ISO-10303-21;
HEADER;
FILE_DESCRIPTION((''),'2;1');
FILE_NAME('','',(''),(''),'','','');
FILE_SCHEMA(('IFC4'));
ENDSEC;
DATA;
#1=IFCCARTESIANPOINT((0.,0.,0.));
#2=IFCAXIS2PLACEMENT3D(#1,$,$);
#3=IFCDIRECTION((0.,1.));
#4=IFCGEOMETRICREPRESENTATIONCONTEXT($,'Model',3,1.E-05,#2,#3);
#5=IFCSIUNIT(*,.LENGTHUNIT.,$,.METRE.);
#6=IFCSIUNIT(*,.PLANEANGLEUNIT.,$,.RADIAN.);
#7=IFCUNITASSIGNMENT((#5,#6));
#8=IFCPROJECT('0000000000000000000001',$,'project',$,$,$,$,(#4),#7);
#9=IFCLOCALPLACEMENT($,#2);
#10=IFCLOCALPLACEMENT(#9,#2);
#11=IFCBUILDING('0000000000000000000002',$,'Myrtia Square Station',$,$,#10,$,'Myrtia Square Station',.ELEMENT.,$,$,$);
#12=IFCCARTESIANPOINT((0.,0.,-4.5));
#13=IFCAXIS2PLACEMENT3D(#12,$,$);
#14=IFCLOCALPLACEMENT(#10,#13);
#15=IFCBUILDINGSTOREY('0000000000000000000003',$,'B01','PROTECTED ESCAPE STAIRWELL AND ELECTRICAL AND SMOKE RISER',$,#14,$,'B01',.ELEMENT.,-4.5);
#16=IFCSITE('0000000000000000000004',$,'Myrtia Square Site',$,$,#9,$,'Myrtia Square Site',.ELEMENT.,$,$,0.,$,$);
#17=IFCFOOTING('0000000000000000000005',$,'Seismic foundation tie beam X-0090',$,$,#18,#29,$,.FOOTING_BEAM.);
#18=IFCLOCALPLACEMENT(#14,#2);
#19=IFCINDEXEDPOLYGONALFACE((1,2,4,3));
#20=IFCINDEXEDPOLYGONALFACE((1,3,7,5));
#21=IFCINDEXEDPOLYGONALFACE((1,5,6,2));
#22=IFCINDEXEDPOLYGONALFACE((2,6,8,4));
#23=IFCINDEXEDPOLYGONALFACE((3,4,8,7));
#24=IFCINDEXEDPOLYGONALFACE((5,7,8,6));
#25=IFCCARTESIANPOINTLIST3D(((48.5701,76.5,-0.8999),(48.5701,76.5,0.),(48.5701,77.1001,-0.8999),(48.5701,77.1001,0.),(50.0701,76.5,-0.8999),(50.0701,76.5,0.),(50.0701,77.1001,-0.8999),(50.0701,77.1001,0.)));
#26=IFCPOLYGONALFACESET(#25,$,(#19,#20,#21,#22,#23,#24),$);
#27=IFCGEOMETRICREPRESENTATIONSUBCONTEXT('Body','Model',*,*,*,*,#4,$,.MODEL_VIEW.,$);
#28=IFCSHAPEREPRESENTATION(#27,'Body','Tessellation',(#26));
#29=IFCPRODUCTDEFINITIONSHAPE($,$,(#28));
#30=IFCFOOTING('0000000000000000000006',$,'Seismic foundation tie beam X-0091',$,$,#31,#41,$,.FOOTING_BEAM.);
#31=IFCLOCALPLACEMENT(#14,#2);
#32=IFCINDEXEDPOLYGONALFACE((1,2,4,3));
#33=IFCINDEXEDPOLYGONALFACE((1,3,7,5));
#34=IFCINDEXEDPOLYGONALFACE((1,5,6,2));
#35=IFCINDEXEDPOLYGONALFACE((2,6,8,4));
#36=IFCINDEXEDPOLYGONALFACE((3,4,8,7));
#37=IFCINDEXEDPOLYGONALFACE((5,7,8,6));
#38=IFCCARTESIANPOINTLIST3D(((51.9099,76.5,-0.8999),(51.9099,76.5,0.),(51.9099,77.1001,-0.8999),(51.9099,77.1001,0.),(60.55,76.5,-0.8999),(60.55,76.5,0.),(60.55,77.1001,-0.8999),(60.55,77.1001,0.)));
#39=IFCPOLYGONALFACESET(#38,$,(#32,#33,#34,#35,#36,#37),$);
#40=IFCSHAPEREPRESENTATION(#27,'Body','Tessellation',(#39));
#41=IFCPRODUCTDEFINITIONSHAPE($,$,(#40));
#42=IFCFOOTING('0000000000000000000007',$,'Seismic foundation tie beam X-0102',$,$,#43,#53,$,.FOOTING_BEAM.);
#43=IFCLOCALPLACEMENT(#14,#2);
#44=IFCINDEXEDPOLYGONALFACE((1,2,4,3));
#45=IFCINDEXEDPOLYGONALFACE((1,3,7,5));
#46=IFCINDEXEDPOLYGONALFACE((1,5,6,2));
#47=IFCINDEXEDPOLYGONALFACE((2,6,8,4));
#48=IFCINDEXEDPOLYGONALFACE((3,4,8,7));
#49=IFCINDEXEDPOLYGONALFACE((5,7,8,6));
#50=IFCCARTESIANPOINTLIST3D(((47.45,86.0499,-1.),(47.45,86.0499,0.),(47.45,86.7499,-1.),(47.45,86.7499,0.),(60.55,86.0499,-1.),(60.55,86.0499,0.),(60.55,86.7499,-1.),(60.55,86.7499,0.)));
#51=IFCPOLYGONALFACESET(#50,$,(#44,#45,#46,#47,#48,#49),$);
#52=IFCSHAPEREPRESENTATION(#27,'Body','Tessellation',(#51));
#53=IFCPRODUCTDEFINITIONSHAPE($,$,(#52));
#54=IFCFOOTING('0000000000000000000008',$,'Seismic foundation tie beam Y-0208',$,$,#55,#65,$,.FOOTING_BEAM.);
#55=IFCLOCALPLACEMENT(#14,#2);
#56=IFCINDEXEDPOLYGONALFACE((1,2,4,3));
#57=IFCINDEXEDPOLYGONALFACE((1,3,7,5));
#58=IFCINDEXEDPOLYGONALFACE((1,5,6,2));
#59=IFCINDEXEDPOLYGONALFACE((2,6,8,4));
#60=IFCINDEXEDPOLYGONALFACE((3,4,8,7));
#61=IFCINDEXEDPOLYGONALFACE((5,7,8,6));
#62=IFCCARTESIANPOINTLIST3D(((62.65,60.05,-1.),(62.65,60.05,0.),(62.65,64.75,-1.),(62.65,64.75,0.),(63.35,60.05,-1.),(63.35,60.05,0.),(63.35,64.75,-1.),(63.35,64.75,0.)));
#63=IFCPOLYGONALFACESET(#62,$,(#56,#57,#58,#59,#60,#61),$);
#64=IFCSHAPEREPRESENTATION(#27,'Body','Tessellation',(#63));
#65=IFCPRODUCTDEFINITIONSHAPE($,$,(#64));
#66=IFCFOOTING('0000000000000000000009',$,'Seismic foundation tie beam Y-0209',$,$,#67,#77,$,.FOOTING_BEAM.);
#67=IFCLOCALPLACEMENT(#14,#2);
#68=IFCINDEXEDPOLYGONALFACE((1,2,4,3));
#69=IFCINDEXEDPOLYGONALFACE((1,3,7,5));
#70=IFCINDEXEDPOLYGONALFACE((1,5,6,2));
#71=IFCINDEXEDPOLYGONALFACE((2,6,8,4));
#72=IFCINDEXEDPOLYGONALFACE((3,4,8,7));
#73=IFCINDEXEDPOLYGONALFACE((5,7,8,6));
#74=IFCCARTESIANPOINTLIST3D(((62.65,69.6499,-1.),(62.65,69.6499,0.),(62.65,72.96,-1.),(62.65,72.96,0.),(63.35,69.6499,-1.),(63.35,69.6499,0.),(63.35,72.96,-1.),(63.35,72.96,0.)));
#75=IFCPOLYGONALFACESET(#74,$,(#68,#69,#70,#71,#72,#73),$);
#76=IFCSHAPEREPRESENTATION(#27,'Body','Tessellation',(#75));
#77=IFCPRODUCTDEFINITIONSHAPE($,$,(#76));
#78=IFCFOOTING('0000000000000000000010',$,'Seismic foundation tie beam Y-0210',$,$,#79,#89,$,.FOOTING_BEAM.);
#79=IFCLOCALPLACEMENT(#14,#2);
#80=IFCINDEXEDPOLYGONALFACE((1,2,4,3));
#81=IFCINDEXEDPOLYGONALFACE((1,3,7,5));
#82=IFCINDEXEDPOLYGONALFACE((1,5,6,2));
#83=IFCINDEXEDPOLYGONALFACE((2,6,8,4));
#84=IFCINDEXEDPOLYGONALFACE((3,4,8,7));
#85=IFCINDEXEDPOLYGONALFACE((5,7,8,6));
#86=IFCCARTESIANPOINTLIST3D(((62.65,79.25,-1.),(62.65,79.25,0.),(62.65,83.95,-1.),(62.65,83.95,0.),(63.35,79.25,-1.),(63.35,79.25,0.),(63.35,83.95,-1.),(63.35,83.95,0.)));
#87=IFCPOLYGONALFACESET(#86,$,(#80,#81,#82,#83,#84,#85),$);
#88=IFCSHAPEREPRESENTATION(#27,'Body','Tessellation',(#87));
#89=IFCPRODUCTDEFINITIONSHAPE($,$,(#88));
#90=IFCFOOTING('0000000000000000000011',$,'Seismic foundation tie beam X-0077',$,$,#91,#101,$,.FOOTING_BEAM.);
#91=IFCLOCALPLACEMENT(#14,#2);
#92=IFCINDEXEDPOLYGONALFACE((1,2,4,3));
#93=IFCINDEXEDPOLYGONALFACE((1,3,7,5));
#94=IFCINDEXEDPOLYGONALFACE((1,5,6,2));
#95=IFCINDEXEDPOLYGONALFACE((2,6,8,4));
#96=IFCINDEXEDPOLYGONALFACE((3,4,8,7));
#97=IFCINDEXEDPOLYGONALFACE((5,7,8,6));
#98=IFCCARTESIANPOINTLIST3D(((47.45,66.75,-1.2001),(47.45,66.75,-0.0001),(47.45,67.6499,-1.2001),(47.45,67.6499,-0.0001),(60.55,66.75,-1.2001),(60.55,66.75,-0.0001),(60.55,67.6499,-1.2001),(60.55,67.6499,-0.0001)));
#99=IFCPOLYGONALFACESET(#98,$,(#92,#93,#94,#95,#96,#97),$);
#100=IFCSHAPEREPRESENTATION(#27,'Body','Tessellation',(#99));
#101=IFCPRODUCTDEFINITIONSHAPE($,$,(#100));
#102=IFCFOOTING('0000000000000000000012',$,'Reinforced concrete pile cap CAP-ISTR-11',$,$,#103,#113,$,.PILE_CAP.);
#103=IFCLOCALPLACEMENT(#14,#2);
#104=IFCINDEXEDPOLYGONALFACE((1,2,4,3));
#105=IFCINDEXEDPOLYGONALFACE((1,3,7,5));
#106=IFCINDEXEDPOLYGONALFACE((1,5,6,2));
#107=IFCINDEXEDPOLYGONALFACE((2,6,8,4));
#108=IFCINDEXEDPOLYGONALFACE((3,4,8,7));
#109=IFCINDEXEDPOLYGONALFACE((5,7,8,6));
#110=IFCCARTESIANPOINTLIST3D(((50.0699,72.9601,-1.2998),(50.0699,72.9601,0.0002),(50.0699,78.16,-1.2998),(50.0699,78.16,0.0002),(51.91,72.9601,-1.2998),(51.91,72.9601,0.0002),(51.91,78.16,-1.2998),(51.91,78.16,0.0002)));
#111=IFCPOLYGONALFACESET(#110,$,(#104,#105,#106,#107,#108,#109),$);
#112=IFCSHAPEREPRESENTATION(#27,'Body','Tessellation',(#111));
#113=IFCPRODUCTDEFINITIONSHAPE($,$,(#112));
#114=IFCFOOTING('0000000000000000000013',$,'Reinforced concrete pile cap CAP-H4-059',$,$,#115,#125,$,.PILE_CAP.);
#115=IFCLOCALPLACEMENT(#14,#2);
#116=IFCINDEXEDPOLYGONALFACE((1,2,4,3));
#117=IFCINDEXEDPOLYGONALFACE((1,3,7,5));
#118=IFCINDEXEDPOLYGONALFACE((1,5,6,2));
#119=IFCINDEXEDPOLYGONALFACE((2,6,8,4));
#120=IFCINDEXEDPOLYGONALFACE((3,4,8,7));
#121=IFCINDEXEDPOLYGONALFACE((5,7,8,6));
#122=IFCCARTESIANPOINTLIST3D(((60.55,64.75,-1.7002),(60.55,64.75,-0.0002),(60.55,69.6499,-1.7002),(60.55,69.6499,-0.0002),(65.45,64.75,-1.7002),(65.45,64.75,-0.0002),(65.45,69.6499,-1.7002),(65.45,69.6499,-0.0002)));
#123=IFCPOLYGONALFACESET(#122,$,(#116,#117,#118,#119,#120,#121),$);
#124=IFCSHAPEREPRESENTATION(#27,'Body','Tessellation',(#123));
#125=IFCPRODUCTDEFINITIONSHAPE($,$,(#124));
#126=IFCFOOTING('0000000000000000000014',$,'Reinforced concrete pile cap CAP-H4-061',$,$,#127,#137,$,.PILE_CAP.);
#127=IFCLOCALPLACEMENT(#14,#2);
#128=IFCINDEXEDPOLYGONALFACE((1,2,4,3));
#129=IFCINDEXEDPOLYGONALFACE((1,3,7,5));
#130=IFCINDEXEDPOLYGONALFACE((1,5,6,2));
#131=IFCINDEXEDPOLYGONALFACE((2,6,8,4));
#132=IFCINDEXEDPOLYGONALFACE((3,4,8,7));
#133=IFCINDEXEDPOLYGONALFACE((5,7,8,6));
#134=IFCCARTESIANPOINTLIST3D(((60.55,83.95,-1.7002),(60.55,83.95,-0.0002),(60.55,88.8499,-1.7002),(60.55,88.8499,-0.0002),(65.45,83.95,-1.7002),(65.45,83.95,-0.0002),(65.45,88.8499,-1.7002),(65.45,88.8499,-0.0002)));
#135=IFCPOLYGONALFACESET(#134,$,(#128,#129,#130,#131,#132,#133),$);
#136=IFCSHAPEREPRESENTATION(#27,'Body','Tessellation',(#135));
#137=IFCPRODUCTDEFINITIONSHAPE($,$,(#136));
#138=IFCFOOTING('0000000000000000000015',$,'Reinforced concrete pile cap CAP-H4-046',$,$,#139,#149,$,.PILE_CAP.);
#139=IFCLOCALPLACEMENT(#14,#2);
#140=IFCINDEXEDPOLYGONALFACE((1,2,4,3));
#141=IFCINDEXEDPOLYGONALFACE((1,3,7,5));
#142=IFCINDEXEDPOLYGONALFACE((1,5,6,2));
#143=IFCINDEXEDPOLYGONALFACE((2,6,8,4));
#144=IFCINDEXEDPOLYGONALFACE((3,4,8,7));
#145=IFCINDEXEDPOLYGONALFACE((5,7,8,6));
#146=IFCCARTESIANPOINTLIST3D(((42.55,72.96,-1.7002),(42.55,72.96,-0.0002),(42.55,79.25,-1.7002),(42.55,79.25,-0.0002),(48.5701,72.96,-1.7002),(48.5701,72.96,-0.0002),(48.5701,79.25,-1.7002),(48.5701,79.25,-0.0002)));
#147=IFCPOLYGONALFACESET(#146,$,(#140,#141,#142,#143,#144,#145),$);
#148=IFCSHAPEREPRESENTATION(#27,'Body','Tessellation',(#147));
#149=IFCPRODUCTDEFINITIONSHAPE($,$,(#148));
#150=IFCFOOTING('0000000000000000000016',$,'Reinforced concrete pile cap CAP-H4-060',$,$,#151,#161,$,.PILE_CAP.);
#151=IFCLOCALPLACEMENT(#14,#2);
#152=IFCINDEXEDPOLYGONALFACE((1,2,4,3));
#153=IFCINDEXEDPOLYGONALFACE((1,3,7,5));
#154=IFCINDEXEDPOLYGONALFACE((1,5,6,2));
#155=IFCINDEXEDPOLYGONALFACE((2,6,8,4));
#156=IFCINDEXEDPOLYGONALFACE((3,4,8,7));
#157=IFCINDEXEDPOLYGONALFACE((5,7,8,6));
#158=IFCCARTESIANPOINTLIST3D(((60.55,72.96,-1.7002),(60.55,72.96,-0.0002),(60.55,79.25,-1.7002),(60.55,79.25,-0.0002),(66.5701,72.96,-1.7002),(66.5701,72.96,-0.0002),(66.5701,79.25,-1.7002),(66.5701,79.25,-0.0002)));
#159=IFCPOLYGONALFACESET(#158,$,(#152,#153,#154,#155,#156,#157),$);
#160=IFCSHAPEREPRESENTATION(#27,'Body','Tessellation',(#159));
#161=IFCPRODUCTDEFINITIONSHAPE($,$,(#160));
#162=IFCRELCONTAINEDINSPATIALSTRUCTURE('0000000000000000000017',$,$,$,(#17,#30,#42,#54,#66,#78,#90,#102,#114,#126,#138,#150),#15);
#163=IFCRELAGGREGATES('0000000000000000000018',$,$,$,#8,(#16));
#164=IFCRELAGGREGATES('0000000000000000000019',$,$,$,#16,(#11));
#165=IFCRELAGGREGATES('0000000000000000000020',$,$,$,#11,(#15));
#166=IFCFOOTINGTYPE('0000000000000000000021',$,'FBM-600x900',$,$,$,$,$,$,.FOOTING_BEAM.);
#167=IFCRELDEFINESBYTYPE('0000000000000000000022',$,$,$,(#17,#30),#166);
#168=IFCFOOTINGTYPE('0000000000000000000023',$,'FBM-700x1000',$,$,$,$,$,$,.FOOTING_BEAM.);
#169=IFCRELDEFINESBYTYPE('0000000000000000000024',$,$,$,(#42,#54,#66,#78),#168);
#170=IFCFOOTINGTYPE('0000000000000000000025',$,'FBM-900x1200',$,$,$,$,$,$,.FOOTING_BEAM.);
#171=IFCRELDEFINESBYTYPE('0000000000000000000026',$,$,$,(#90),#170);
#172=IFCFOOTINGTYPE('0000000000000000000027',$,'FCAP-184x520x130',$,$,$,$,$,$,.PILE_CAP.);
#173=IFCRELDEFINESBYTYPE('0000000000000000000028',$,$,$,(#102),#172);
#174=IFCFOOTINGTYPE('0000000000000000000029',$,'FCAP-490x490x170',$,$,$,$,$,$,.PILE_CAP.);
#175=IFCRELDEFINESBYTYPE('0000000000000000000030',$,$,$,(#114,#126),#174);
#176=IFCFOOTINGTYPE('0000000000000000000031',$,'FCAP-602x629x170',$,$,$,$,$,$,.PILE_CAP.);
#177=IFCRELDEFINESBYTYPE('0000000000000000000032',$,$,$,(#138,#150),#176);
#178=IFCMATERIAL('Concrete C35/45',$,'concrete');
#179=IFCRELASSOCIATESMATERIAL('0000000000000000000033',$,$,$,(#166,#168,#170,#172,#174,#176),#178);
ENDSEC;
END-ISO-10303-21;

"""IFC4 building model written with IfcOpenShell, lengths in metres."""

from ifc_helpers import new_model, si_unit, direction, frame, origin, origin_2d, place, context, subcontext, project, spatial, rectangle, extrude, material, material_profile, profile_set, type_object, element, save


model = new_model("IFC4")

# Units and contexts
model_context = context("Model", 3, precision=1e-05, world=origin(), true_north=direction((0.0, 1.0)))
body_context = subcontext(model_context, "Body", "Model", "MODEL_VIEW")
ifc_project = project(units=[si_unit("LENGTHUNIT", "METRE"), si_unit("PLANEANGLEUNIT", "RADIAN")], contexts=[model_context])

# Site, building, storey
site_placement = place(None, origin())
site = spatial("IfcSite", under=ifc_project, at=site_placement, Name="Myrtia Square Site", LongName="Myrtia Square Site", CompositionType="ELEMENT", RefElevation=0.0)
building_placement = place(site_placement, origin())
building = spatial("IfcBuilding", under=site, at=building_placement, Name="Myrtia Square Station", LongName="Myrtia Square Station", CompositionType="ELEMENT")
storey_placement = place(building_placement, frame((0.0, 0.0, -4.5)))
storey = spatial("IfcBuildingStorey", under=building, at=storey_placement, Name="B01", Description="PROTECTED ESCAPE STAIRWELL AND ELECTRICAL AND SMOKE RISER", LongName="B01", CompositionType="ELEMENT", Elevation=-4.5)

# Footings
ifc_material_1 = material(Name="Concrete C35/45", Category="concrete")
ifc_material_profile_1 = material_profile(ifc_material_1, rectangle(XDim=0.6001, YDim=0.8999, at=origin_2d()), Name="FB 600x900")
ifc_profile_set_1 = profile_set([ifc_material_profile_1], Name="Concrete C35/45")
footing_type_1 = type_object("IfcFootingType", Name="FBM-600x900", PredefinedType="FOOTING_BEAM", material=ifc_profile_set_1)
footing_1_placement = place(storey_placement, frame((48.5701, 76.8, -0.45), z_axis=(1.0, 0.0, 0.0), x_axis=(0.0, 1.0, 0.0)))
element("IfcFooting", 1, at=footing_1_placement, inside=storey, type_object=footing_type_1, Name="Seismic foundation tie beam X-0090", PredefinedType="FOOTING_BEAM", context=body_context, shape_type="SweptSolid", body=[
    extrude(rectangle(XDim=0.6001, YDim=0.8999, at=origin_2d()), origin(), (0.0, 0.0, 1.0), 1.5),
])
footing_2_placement = place(storey_placement, frame((51.9099, 76.8, -0.45), z_axis=(1.0, 0.0, 0.0), x_axis=(0.0, 1.0, 0.0)))
element("IfcFooting", 2, at=footing_2_placement, inside=storey, type_object=footing_type_1, Name="Seismic foundation tie beam X-0091", PredefinedType="FOOTING_BEAM", context=body_context, shape_type="SweptSolid", body=[
    extrude(rectangle(XDim=0.6001, YDim=0.8999, at=origin_2d()), origin(), (0.0, 0.0, 1.0), 8.6401),
])
ifc_material_profile_2 = material_profile(ifc_material_1, rectangle(XDim=0.7, YDim=1.0, at=origin_2d()), Name="FB 700x1000")
ifc_profile_set_2 = profile_set([ifc_material_profile_2], Name="Concrete C35/45")
footing_type_2 = type_object("IfcFootingType", Name="FBM-700x1000", PredefinedType="FOOTING_BEAM", material=ifc_profile_set_2)
footing_3_placement = place(storey_placement, frame((47.45, 86.3999, -0.5), z_axis=(1.0, 0.0, 0.0), x_axis=(0.0, 1.0, 0.0)))
element("IfcFooting", 3, at=footing_3_placement, inside=storey, type_object=footing_type_2, Name="Seismic foundation tie beam X-0102", PredefinedType="FOOTING_BEAM", context=body_context, shape_type="SweptSolid", body=[
    extrude(rectangle(XDim=0.7, YDim=1.0, at=origin_2d()), origin(), (0.0, 0.0, 1.0), 13.1001),
])
footing_4_placement = place(storey_placement, frame((63.0, 60.05, -0.5), z_axis=(0.0, 1.0, 0.0), x_axis=(-1.0, 0.0, 0.0)))
element("IfcFooting", 4, at=footing_4_placement, inside=storey, type_object=footing_type_2, Name="Seismic foundation tie beam Y-0208", PredefinedType="FOOTING_BEAM", context=body_context, shape_type="SweptSolid", body=[
    extrude(rectangle(XDim=0.7, YDim=1.0, at=origin_2d()), origin(), (0.0, 0.0, 1.0), 4.7),
])
footing_5_placement = place(storey_placement, frame((63.0, 69.6499, -0.5), z_axis=(0.0, 1.0, 0.0), x_axis=(-1.0, 0.0, 0.0)))
element("IfcFooting", 5, at=footing_5_placement, inside=storey, type_object=footing_type_2, Name="Seismic foundation tie beam Y-0209", PredefinedType="FOOTING_BEAM", context=body_context, shape_type="SweptSolid", body=[
    extrude(rectangle(XDim=0.7, YDim=1.0, at=origin_2d()), origin(), (0.0, 0.0, 1.0), 3.3101),
])
footing_6_placement = place(storey_placement, frame((63.0, 79.25, -0.5), z_axis=(0.0, 1.0, 0.0), x_axis=(-1.0, 0.0, 0.0)))
element("IfcFooting", 6, at=footing_6_placement, inside=storey, type_object=footing_type_2, Name="Seismic foundation tie beam Y-0210", PredefinedType="FOOTING_BEAM", context=body_context, shape_type="SweptSolid", body=[
    extrude(rectangle(XDim=0.7, YDim=1.0, at=origin_2d()), origin(), (0.0, 0.0, 1.0), 4.7),
])
ifc_material_profile_3 = material_profile(ifc_material_1, rectangle(XDim=0.8999, YDim=1.2, at=origin_2d()), Name="FB 900x1200")
ifc_profile_set_3 = profile_set([ifc_material_profile_3], Name="Concrete C35/45")
footing_type_3 = type_object("IfcFootingType", Name="FBM-900x1200", PredefinedType="FOOTING_BEAM", material=ifc_profile_set_3)
footing_7_placement = place(storey_placement, frame((47.45, 67.2, -0.6001), z_axis=(1.0, 0.0, 0.0), x_axis=(0.0, 1.0, 0.0)))
element("IfcFooting", 7, at=footing_7_placement, inside=storey, type_object=footing_type_3, Name="Seismic foundation tie beam X-0077", PredefinedType="FOOTING_BEAM", context=body_context, shape_type="SweptSolid", body=[
    extrude(rectangle(XDim=0.8999, YDim=1.2, at=origin_2d()), origin(), (0.0, 0.0, 1.0), 13.1001),
])
footing_type_4 = type_object("IfcFootingType", Name="FCAP-184x520x130", PredefinedType="PILE_CAP", material=ifc_material_1)
footing_8_placement = place(storey_placement, frame((50.99, 75.5601, -1.2998), z_axis=(0.0, 0.0, 1.0), x_axis=(1.0, 0.0, 0.0)))
element("IfcFooting", 8, at=footing_8_placement, inside=storey, type_object=footing_type_4, Name="Reinforced concrete pile cap CAP-ISTR-11", PredefinedType="PILE_CAP", context=body_context, shape_type="SweptSolid", body=[
    extrude(rectangle(XDim=1.8401, YDim=5.2, at=origin_2d()), origin(), (0.0, 0.0, 1.0), 1.3),
])
footing_type_5 = type_object("IfcFootingType", Name="FCAP-490x490x170", PredefinedType="PILE_CAP", material=ifc_material_1)
for number, where, z_axis, x_axis, name in (
    (9, (63.0, 67.2, -1.7002), (0.0, 0.0, 1.0), (1.0, 0.0, 0.0), "Reinforced concrete pile cap CAP-H4-059"),
    (10, (63.0, 86.3999, -1.7002), (0.0, 0.0, 1.0), (1.0, 0.0, 0.0), "Reinforced concrete pile cap CAP-H4-061"),
):
    element("IfcFooting", number, at=place(storey_placement, frame(where, z_axis=z_axis, x_axis=x_axis)), inside=storey, type_object=footing_type_5, Name=name, PredefinedType="PILE_CAP", context=body_context, shape_type="SweptSolid", body=[
        extrude(rectangle(XDim=4.8999, YDim=4.8999, at=origin_2d()), origin(), (0.0, 0.0, 1.0), 1.7),
    ])
footing_type_6 = type_object("IfcFootingType", Name="FCAP-602x629x170", PredefinedType="PILE_CAP", material=ifc_material_1)
for number, where, z_axis, x_axis, name in (
    (11, (45.5601, 76.105, -1.7002), (0.0, 0.0, 1.0), (1.0, 0.0, 0.0), "Reinforced concrete pile cap CAP-H4-046"),
    (12, (63.5601, 76.105, -1.7002), (0.0, 0.0, 1.0), (1.0, 0.0, 0.0), "Reinforced concrete pile cap CAP-H4-060"),
):
    element("IfcFooting", number, at=place(storey_placement, frame(where, z_axis=z_axis, x_axis=x_axis)), inside=storey, type_object=footing_type_6, Name=name, PredefinedType="PILE_CAP", context=body_context, shape_type="SweptSolid", body=[
        extrude(rectangle(XDim=6.02, YDim=6.29, at=origin_2d()), origin(), (0.0, 0.0, 1.0), 1.7),
    ])

save(model, "model.ifc")
